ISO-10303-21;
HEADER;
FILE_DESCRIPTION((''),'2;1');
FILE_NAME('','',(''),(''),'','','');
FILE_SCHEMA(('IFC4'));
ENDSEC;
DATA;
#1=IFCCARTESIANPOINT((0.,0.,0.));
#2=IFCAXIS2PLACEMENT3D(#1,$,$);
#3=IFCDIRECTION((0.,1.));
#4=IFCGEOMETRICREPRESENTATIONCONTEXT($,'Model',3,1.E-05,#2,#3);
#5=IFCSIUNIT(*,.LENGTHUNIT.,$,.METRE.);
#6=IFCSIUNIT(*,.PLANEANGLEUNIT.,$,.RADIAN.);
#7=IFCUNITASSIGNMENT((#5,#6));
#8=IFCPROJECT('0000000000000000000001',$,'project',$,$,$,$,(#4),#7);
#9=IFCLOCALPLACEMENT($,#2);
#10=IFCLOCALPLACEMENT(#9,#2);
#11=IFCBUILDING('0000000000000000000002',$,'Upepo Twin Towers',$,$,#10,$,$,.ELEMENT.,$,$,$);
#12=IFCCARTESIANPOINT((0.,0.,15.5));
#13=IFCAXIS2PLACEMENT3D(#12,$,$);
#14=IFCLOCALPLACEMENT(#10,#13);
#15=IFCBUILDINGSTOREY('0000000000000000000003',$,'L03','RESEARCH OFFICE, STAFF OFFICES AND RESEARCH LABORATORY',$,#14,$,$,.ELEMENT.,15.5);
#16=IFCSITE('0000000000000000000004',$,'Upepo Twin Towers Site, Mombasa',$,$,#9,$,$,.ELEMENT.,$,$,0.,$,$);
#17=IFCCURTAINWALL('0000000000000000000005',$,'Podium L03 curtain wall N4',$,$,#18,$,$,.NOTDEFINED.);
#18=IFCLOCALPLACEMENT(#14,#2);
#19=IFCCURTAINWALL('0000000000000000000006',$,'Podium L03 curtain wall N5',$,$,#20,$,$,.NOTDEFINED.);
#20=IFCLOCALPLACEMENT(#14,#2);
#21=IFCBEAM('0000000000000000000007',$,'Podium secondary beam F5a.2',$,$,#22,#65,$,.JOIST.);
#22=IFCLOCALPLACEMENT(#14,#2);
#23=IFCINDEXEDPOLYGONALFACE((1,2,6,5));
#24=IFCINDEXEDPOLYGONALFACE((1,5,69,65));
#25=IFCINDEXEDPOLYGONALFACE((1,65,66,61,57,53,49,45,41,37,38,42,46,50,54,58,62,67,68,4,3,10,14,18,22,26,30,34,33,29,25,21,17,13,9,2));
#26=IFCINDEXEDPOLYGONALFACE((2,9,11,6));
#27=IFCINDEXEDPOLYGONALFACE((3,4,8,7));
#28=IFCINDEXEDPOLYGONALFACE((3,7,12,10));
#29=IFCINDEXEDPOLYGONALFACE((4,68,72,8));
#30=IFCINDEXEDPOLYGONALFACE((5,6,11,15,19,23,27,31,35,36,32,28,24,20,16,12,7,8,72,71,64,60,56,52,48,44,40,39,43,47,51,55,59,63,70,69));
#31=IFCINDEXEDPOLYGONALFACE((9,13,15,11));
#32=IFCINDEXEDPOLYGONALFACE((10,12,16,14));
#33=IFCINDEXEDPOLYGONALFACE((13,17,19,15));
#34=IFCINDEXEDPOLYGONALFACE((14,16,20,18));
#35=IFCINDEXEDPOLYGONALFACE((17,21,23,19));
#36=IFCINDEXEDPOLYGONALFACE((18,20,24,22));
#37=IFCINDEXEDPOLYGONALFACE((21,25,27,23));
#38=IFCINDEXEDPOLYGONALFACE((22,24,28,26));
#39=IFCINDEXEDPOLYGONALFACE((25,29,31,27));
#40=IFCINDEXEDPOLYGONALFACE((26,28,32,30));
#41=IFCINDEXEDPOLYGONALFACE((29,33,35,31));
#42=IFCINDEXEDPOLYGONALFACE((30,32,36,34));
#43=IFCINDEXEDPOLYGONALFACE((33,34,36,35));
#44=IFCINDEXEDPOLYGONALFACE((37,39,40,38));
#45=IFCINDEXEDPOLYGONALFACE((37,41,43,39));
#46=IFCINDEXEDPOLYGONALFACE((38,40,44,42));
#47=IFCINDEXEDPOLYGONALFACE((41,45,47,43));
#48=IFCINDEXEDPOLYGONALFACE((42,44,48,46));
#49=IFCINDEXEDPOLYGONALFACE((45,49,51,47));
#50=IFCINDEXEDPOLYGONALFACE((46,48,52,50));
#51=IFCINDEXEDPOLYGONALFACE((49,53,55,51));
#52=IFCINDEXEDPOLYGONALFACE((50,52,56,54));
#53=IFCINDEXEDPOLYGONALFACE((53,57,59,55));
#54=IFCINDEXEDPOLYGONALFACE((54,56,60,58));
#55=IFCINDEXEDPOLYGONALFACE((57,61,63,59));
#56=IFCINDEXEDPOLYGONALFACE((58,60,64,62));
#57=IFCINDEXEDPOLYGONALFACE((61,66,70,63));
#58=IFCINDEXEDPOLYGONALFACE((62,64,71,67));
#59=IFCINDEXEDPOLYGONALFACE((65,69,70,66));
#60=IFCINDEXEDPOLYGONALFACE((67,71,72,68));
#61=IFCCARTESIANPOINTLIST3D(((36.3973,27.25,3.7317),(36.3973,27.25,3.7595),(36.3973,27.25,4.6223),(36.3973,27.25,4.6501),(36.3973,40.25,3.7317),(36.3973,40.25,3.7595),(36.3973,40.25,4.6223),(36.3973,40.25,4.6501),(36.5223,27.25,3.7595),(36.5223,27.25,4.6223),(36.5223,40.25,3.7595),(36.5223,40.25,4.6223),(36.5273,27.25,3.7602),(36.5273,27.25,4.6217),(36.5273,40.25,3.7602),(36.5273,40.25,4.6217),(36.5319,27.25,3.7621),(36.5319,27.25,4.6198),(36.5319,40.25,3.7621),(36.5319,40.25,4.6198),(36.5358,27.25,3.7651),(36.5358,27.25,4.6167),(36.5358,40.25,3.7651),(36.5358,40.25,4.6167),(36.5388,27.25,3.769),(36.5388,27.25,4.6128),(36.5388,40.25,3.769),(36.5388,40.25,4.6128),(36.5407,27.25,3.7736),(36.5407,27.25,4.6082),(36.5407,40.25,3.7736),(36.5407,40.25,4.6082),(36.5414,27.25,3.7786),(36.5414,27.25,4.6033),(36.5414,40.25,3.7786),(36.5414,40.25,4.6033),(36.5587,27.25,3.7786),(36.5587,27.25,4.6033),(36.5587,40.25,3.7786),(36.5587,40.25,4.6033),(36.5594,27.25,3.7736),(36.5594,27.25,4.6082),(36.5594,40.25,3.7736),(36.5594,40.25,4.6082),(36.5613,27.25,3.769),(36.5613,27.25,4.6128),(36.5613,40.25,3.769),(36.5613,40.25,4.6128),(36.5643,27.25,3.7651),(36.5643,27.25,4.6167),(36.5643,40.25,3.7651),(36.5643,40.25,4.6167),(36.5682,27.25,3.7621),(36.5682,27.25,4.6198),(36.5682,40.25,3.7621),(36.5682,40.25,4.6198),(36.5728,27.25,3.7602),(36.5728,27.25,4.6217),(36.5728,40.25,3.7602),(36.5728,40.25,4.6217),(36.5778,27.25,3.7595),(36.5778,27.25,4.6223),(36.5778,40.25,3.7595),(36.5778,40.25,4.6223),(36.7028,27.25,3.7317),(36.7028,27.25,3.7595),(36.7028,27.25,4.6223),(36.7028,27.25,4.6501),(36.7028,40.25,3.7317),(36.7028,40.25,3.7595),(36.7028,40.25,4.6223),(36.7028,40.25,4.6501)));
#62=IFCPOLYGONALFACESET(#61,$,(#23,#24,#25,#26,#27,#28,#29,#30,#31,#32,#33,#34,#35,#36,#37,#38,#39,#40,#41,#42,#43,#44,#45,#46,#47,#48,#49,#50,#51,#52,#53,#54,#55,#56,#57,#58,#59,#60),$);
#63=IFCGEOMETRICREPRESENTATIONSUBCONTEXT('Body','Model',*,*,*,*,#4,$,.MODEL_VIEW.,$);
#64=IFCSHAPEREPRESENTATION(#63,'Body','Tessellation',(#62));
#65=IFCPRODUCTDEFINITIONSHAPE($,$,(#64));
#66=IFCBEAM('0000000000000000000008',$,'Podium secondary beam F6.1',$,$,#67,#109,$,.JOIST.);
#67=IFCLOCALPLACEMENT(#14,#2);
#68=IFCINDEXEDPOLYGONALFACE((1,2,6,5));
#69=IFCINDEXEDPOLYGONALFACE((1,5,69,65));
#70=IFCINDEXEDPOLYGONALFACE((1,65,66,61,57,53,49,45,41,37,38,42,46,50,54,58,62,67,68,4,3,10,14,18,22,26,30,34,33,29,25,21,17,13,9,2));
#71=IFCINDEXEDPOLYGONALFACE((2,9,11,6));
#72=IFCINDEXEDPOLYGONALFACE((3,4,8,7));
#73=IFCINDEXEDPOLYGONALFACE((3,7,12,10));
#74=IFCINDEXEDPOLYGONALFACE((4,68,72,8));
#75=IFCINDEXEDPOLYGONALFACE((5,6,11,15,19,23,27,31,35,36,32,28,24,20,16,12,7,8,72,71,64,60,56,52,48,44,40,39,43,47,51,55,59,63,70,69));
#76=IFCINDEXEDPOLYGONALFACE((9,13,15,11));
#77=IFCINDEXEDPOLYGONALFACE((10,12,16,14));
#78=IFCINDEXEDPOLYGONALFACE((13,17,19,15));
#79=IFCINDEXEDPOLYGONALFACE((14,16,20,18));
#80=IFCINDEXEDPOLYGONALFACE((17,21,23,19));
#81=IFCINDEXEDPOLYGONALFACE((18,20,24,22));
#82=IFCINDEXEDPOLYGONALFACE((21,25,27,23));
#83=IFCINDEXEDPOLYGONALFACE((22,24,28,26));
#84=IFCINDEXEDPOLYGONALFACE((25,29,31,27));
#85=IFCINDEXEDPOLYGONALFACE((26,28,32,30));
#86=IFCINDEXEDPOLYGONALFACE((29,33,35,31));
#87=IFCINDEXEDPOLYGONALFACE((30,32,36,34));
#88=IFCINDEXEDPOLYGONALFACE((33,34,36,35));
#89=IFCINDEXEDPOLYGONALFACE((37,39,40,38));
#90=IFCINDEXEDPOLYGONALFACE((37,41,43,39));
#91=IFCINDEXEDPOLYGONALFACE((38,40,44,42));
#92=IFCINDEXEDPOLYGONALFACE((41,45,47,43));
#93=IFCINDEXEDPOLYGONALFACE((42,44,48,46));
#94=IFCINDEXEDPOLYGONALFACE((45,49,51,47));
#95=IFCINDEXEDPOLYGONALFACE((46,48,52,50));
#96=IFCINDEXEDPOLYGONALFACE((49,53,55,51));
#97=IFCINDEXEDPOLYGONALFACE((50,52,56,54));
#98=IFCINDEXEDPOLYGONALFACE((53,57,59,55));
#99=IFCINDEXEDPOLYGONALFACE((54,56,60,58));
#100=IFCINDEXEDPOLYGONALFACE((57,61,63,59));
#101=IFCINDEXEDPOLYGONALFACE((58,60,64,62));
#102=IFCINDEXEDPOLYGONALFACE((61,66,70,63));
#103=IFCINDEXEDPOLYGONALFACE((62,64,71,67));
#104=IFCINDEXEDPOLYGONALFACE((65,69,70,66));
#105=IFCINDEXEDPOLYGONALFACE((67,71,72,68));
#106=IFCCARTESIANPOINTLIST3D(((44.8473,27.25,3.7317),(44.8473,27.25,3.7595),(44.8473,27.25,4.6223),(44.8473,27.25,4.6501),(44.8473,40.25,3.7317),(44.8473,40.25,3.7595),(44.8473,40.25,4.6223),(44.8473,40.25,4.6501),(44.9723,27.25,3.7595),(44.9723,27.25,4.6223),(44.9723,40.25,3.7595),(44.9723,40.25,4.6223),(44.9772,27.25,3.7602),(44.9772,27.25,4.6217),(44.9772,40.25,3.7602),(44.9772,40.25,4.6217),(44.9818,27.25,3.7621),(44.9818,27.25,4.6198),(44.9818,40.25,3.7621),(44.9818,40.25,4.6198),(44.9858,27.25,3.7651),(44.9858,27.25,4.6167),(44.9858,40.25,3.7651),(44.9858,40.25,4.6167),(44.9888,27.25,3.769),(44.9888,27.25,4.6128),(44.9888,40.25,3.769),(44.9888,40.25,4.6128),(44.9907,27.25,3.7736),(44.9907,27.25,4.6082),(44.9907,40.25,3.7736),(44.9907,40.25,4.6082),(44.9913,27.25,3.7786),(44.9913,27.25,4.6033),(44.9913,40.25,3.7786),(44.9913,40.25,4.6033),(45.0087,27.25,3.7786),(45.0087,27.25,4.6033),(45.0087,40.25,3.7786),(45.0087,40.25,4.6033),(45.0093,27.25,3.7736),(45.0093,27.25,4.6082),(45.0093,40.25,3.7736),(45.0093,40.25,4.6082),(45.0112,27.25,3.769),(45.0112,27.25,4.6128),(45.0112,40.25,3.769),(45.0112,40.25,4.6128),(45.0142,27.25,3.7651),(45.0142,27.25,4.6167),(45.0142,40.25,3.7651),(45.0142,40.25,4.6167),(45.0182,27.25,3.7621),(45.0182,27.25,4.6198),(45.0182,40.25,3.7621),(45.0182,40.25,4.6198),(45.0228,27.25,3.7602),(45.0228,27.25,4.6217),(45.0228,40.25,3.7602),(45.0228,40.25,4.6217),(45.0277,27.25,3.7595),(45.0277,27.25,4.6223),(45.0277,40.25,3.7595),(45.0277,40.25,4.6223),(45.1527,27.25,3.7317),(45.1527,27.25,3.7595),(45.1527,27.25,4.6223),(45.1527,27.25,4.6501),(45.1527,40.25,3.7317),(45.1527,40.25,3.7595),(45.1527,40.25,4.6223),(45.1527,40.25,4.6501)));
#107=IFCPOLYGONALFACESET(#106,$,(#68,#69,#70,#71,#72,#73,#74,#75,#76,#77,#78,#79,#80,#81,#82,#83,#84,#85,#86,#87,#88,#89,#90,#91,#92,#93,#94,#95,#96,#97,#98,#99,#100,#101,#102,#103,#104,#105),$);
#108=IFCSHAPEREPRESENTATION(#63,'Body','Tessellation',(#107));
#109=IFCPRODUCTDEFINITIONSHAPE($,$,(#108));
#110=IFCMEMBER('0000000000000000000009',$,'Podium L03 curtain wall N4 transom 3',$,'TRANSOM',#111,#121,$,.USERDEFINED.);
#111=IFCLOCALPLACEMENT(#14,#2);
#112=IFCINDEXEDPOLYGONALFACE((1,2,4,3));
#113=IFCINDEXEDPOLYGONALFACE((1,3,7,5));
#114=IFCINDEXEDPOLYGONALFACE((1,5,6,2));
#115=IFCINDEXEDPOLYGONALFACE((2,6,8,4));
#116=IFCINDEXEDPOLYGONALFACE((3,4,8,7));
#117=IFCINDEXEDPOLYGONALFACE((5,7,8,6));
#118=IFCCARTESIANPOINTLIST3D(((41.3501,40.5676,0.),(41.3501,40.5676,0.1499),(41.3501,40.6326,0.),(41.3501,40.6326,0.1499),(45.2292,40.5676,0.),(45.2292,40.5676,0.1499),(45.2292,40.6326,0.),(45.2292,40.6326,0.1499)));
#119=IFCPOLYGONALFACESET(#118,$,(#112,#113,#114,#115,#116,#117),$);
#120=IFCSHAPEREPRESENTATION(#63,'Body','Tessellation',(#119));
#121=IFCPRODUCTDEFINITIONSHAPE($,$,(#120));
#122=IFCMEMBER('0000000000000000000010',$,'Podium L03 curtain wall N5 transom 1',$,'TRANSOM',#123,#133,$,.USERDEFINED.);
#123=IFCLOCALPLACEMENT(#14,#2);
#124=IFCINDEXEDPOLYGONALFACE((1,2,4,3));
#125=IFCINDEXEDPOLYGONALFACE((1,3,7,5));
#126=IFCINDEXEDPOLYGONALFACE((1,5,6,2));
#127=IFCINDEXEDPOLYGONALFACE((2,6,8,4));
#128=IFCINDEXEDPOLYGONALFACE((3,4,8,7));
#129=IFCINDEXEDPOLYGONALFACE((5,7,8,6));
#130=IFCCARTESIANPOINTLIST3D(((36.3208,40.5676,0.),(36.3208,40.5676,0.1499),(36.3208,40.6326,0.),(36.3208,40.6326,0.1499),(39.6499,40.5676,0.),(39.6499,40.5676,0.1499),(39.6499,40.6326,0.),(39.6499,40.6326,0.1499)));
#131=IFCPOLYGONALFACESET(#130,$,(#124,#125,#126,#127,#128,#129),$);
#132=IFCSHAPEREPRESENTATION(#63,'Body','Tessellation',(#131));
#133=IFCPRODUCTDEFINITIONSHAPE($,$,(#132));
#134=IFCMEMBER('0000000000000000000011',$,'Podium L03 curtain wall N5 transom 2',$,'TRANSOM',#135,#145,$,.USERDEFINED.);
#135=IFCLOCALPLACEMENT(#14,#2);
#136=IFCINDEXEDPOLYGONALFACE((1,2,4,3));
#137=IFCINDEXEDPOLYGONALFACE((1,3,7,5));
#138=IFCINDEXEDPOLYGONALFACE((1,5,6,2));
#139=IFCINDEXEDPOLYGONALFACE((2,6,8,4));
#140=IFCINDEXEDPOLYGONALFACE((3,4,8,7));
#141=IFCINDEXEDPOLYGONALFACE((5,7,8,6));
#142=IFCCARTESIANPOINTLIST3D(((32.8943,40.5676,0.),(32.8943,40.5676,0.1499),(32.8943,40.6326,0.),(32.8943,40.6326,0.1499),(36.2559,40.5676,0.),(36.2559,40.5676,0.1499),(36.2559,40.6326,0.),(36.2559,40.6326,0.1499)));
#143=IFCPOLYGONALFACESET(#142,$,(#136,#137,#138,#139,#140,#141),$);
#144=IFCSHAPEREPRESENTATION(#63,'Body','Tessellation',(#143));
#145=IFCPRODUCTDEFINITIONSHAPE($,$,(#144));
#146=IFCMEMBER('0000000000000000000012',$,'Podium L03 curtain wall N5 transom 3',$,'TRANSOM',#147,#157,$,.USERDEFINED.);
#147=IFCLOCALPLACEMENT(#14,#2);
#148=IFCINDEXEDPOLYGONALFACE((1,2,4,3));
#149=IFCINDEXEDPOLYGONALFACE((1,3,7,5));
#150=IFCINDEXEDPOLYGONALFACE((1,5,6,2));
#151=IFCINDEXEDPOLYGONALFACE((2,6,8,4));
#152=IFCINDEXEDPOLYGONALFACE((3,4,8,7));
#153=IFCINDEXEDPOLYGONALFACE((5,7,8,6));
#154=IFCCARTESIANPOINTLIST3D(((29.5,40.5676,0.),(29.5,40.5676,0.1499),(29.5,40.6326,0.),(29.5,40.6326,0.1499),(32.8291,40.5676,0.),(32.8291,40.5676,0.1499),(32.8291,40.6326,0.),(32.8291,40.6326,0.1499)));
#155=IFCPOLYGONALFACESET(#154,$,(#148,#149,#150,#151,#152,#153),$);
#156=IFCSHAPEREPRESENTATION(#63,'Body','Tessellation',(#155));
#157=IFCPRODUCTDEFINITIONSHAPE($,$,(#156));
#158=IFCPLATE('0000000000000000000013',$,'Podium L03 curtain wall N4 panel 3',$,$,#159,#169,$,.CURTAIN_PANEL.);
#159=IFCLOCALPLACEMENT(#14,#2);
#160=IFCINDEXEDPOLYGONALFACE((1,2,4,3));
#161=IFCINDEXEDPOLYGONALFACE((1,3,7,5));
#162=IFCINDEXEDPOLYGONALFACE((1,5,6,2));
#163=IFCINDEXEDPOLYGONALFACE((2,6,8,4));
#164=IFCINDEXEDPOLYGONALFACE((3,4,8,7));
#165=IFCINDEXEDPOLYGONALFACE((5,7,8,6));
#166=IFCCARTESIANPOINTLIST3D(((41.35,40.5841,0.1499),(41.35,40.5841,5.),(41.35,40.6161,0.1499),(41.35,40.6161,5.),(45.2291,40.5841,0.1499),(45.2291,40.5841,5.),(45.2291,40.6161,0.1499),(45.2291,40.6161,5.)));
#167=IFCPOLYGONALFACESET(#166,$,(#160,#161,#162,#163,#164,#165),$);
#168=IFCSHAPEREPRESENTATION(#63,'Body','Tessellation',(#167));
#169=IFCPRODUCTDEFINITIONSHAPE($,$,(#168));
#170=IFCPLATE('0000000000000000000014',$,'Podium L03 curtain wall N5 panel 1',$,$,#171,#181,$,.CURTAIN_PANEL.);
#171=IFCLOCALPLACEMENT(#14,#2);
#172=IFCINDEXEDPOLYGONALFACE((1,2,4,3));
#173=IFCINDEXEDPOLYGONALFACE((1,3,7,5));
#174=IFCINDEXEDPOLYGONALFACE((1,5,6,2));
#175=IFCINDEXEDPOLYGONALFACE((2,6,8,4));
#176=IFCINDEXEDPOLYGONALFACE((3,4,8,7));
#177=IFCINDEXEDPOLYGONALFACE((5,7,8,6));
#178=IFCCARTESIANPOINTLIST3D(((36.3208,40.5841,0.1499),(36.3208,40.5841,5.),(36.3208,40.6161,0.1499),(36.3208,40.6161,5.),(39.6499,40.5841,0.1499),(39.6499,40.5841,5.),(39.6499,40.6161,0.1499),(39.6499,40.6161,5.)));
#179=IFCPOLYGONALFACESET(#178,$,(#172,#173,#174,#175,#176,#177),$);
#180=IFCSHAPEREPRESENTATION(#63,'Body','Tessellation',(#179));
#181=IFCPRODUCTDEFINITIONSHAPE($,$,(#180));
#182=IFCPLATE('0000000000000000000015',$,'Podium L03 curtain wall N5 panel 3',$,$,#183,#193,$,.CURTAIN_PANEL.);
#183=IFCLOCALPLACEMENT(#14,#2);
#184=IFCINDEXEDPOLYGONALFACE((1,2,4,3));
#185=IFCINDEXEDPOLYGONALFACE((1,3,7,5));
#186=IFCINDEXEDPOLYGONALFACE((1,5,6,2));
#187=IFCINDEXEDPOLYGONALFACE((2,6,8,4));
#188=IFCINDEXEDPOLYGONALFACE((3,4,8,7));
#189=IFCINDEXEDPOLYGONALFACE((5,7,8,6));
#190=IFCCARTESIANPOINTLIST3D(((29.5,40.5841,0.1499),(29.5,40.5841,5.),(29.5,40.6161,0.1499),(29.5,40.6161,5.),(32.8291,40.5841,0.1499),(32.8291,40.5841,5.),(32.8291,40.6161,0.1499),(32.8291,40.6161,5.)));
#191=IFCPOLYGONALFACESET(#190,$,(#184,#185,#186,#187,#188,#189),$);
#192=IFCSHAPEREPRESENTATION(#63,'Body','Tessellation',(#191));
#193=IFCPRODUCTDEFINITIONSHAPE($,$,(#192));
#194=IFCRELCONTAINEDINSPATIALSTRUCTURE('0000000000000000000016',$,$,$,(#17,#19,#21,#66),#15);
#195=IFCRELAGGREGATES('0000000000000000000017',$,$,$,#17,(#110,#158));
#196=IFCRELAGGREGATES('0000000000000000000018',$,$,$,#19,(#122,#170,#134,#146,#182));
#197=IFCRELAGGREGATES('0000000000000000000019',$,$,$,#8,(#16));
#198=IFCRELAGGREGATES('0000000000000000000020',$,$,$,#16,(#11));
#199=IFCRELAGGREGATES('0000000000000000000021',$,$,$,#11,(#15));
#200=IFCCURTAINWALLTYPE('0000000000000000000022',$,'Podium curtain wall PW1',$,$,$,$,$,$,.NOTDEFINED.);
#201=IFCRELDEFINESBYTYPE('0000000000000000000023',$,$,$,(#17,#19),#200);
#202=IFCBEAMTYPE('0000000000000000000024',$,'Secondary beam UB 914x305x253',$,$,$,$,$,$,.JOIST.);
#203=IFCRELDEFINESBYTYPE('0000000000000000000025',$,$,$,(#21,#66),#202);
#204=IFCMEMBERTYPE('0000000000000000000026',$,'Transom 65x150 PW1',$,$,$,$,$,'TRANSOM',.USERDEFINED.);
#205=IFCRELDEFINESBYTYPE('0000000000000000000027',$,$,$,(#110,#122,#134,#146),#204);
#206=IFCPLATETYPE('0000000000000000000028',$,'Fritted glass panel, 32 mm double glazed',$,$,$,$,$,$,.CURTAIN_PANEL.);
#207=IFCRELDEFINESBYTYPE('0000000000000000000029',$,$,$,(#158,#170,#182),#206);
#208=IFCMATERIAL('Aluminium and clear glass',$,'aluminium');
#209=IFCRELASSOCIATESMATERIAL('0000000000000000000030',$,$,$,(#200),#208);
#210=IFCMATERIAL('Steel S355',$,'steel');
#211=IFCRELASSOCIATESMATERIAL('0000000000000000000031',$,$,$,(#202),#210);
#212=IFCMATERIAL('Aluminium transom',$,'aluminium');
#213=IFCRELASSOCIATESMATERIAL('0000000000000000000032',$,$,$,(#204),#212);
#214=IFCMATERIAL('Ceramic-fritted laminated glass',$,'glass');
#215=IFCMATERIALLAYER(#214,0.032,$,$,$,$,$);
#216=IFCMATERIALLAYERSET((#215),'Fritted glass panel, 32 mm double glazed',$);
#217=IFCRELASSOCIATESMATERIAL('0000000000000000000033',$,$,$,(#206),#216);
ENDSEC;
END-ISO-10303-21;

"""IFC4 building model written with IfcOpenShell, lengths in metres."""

from ifc_helpers import new_model, si_unit, direction, frame, origin, origin_2d, place, context, subcontext, project, spatial, rectangle, i_section, extrude, material, layer, layer_set, material_profile, profile_set, type_object, element, aggregate, save


model = new_model("IFC4")

# Units and contexts
model_context = context("Model", 3, precision=1e-05, world=origin(), true_north=direction((0.0, 1.0)))
body_context = subcontext(model_context, "Body", "Model", "MODEL_VIEW")
ifc_project = project(units=[si_unit("LENGTHUNIT", "METRE"), si_unit("PLANEANGLEUNIT", "RADIAN")], contexts=[model_context])

# Site, building, storey
site_placement = place(None, origin())
site = spatial("IfcSite", under=ifc_project, at=site_placement, Name="Upepo Twin Towers Site, Mombasa", CompositionType="ELEMENT", RefElevation=0.0)
building_placement = place(site_placement, origin())
building = spatial("IfcBuilding", under=site, at=building_placement, Name="Upepo Twin Towers", CompositionType="ELEMENT")
storey_placement = place(building_placement, frame((0.0, 0.0, 15.5)))
storey = spatial("IfcBuildingStorey", under=building, at=storey_placement, Name="L03", Description="RESEARCH OFFICE, STAFF OFFICES AND RESEARCH LABORATORY", CompositionType="ELEMENT", Elevation=15.5)

# Curtain walls
ifc_material_1 = material(Name="Aluminium and clear glass", Category="aluminium")
curtain_wall_type = type_object("IfcCurtainWallType", Name="Podium curtain wall PW1", PredefinedType="NOTDEFINED", material=ifc_material_1)
curtain_wall_1_placement = place(storey_placement, origin())
curtain_wall_1 = element("IfcCurtainWall", 1, at=curtain_wall_1_placement, inside=storey, type_object=curtain_wall_type, Name="Podium L03 curtain wall N4", PredefinedType="NOTDEFINED")
curtain_wall_2_placement = place(storey_placement, origin())
curtain_wall_2 = element("IfcCurtainWall", 2, at=curtain_wall_2_placement, inside=storey, type_object=curtain_wall_type, Name="Podium L03 curtain wall N5", PredefinedType="NOTDEFINED")

# Beams
ifc_material_2 = material(Name="Steel S355", Category="steel")
ifc_material_profile_1 = material_profile(ifc_material_2, i_section(OverallWidth=0.3054, OverallDepth=0.9185, WebThickness=0.0173, FlangeThickness=0.0278, FilletRadius=0.019, at=origin_2d()), Name="UB 914x305x253")
ifc_profile_set_1 = profile_set([ifc_material_profile_1], Name="Steel S355")
beam_type_1 = type_object("IfcBeamType", Name="Secondary beam UB 914x305x253", PredefinedType="JOIST", material=ifc_profile_set_1)
for number, where, z_axis, x_axis, name in (
    (3, (36.55, 27.25, 4.1909), (0.0, 1.0, 0.0), (-1.0, 0.0, 0.0), "Podium secondary beam F5a.2"),
    (4, (45.0, 27.25, 4.1909), (0.0, 1.0, 0.0), (-1.0, 0.0, 0.0), "Podium secondary beam F6.1"),
):
    element("IfcBeam", number, at=place(storey_placement, frame(where, z_axis=z_axis, x_axis=x_axis)), inside=storey, type_object=beam_type_1, Name=name, PredefinedType="JOIST", context=body_context, shape_type="SweptSolid", body=[
        extrude(i_section(OverallWidth=0.3054, OverallDepth=0.9185, WebThickness=0.0173, FlangeThickness=0.0278, FilletRadius=0.019, at=origin_2d()), origin(), (0.0, 0.0, 1.0), 13.0),
    ])

# Members
ifc_material_3 = material(Name="Aluminium transom", Category="aluminium")
ifc_material_profile_2 = material_profile(ifc_material_3, rectangle(XDim=0.0649, YDim=0.1499, at=origin_2d()), Name="TRANSOM 65x150 PODIUM")
ifc_profile_set_2 = profile_set([ifc_material_profile_2], Name="Aluminium transom")
member_type_1 = type_object("IfcMemberType", Name="Transom 65x150 PW1", ElementType="TRANSOM", PredefinedType="USERDEFINED", material=ifc_profile_set_2)
member_1_placement = place(storey_placement, frame((45.2292, 40.6001, 0.075), z_axis=(-1.0, 0.0, 0.0), x_axis=(0.0, -1.0, 0.0)))
member_1 = element("IfcMember", 5, at=member_1_placement, type_object=member_type_1, Name="Podium L03 curtain wall N4 transom 3", ObjectType="TRANSOM", PredefinedType="USERDEFINED", context=body_context, shape_type="SweptSolid", body=[
    extrude(rectangle(XDim=0.0649, YDim=0.1499, at=origin_2d()), origin(), (0.0, 0.0, 1.0), 3.8792),
])
member_2_placement = place(storey_placement, frame((39.6499, 40.6001, 0.075), z_axis=(-1.0, 0.0, 0.0), x_axis=(0.0, -1.0, 0.0)))
member_2 = element("IfcMember", 6, at=member_2_placement, type_object=member_type_1, Name="Podium L03 curtain wall N5 transom 1", ObjectType="TRANSOM", PredefinedType="USERDEFINED", context=body_context, shape_type="SweptSolid", body=[
    extrude(rectangle(XDim=0.0649, YDim=0.1499, at=origin_2d()), origin(), (0.0, 0.0, 1.0), 3.3291),
])
member_3_placement = place(storey_placement, frame((36.2559, 40.6001, 0.075), z_axis=(-1.0, 0.0, 0.0), x_axis=(0.0, -1.0, 0.0)))
member_3 = element("IfcMember", 7, at=member_3_placement, type_object=member_type_1, Name="Podium L03 curtain wall N5 transom 2", ObjectType="TRANSOM", PredefinedType="USERDEFINED", context=body_context, shape_type="SweptSolid", body=[
    extrude(rectangle(XDim=0.0649, YDim=0.1499, at=origin_2d()), origin(), (0.0, 0.0, 1.0), 3.3616),
])
member_4_placement = place(storey_placement, frame((32.8291, 40.6001, 0.075), z_axis=(-1.0, 0.0, 0.0), x_axis=(0.0, -1.0, 0.0)))
member_4 = element("IfcMember", 8, at=member_4_placement, type_object=member_type_1, Name="Podium L03 curtain wall N5 transom 3", ObjectType="TRANSOM", PredefinedType="USERDEFINED", context=body_context, shape_type="SweptSolid", body=[
    extrude(rectangle(XDim=0.0649, YDim=0.1499, at=origin_2d()), origin(), (0.0, 0.0, 1.0), 3.3291),
])

# Plates
ifc_material_4 = material(Name="Ceramic-fritted laminated glass", Category="glass")
ifc_layer_1 = layer(ifc_material_4, 0.032)
ifc_layer_set_1 = layer_set([ifc_layer_1], Name="Fritted glass panel, 32 mm double glazed")
plate_type_1 = type_object("IfcPlateType", Name="Fritted glass panel, 32 mm double glazed", PredefinedType="CURTAIN_PANEL", material=ifc_layer_set_1)
plate_1_placement = place(storey_placement, frame((43.2896, 40.6001, 0.1499), z_axis=(0.0, 0.0, 1.0), x_axis=(-1.0, 0.0, 0.0)))
plate_1 = element("IfcPlate", 9, at=plate_1_placement, type_object=plate_type_1, Name="Podium L03 curtain wall N4 panel 3", PredefinedType="CURTAIN_PANEL", context=body_context, shape_type="SweptSolid", body=[
    extrude(rectangle(XDim=3.8792, YDim=0.032, at=origin_2d()), origin(), (0.0, 0.0, 1.0), 4.8501),
])
plate_2_placement = place(storey_placement, frame((37.9854, 40.6001, 0.1499), z_axis=(0.0, 0.0, 1.0), x_axis=(-1.0, 0.0, 0.0)))
plate_2 = element("IfcPlate", 10, at=plate_2_placement, type_object=plate_type_1, Name="Podium L03 curtain wall N5 panel 1", PredefinedType="CURTAIN_PANEL", context=body_context, shape_type="SweptSolid", body=[
    extrude(rectangle(XDim=3.3291, YDim=0.032, at=origin_2d()), origin(), (0.0, 0.0, 1.0), 4.8501),
])
plate_3_placement = place(storey_placement, frame((31.1646, 40.6001, 0.1499), z_axis=(0.0, 0.0, 1.0), x_axis=(-1.0, 0.0, 0.0)))
plate_3 = element("IfcPlate", 11, at=plate_3_placement, type_object=plate_type_1, Name="Podium L03 curtain wall N5 panel 3", PredefinedType="CURTAIN_PANEL", context=body_context, shape_type="SweptSolid", body=[
    extrude(rectangle(XDim=3.3291, YDim=0.032, at=origin_2d()), origin(), (0.0, 0.0, 1.0), 4.8501),
])
aggregate(curtain_wall_1, [member_1, plate_1])
aggregate(curtain_wall_2, [member_2, plate_2, member_3, member_4, plate_3])

save(model, "model.ifc")
